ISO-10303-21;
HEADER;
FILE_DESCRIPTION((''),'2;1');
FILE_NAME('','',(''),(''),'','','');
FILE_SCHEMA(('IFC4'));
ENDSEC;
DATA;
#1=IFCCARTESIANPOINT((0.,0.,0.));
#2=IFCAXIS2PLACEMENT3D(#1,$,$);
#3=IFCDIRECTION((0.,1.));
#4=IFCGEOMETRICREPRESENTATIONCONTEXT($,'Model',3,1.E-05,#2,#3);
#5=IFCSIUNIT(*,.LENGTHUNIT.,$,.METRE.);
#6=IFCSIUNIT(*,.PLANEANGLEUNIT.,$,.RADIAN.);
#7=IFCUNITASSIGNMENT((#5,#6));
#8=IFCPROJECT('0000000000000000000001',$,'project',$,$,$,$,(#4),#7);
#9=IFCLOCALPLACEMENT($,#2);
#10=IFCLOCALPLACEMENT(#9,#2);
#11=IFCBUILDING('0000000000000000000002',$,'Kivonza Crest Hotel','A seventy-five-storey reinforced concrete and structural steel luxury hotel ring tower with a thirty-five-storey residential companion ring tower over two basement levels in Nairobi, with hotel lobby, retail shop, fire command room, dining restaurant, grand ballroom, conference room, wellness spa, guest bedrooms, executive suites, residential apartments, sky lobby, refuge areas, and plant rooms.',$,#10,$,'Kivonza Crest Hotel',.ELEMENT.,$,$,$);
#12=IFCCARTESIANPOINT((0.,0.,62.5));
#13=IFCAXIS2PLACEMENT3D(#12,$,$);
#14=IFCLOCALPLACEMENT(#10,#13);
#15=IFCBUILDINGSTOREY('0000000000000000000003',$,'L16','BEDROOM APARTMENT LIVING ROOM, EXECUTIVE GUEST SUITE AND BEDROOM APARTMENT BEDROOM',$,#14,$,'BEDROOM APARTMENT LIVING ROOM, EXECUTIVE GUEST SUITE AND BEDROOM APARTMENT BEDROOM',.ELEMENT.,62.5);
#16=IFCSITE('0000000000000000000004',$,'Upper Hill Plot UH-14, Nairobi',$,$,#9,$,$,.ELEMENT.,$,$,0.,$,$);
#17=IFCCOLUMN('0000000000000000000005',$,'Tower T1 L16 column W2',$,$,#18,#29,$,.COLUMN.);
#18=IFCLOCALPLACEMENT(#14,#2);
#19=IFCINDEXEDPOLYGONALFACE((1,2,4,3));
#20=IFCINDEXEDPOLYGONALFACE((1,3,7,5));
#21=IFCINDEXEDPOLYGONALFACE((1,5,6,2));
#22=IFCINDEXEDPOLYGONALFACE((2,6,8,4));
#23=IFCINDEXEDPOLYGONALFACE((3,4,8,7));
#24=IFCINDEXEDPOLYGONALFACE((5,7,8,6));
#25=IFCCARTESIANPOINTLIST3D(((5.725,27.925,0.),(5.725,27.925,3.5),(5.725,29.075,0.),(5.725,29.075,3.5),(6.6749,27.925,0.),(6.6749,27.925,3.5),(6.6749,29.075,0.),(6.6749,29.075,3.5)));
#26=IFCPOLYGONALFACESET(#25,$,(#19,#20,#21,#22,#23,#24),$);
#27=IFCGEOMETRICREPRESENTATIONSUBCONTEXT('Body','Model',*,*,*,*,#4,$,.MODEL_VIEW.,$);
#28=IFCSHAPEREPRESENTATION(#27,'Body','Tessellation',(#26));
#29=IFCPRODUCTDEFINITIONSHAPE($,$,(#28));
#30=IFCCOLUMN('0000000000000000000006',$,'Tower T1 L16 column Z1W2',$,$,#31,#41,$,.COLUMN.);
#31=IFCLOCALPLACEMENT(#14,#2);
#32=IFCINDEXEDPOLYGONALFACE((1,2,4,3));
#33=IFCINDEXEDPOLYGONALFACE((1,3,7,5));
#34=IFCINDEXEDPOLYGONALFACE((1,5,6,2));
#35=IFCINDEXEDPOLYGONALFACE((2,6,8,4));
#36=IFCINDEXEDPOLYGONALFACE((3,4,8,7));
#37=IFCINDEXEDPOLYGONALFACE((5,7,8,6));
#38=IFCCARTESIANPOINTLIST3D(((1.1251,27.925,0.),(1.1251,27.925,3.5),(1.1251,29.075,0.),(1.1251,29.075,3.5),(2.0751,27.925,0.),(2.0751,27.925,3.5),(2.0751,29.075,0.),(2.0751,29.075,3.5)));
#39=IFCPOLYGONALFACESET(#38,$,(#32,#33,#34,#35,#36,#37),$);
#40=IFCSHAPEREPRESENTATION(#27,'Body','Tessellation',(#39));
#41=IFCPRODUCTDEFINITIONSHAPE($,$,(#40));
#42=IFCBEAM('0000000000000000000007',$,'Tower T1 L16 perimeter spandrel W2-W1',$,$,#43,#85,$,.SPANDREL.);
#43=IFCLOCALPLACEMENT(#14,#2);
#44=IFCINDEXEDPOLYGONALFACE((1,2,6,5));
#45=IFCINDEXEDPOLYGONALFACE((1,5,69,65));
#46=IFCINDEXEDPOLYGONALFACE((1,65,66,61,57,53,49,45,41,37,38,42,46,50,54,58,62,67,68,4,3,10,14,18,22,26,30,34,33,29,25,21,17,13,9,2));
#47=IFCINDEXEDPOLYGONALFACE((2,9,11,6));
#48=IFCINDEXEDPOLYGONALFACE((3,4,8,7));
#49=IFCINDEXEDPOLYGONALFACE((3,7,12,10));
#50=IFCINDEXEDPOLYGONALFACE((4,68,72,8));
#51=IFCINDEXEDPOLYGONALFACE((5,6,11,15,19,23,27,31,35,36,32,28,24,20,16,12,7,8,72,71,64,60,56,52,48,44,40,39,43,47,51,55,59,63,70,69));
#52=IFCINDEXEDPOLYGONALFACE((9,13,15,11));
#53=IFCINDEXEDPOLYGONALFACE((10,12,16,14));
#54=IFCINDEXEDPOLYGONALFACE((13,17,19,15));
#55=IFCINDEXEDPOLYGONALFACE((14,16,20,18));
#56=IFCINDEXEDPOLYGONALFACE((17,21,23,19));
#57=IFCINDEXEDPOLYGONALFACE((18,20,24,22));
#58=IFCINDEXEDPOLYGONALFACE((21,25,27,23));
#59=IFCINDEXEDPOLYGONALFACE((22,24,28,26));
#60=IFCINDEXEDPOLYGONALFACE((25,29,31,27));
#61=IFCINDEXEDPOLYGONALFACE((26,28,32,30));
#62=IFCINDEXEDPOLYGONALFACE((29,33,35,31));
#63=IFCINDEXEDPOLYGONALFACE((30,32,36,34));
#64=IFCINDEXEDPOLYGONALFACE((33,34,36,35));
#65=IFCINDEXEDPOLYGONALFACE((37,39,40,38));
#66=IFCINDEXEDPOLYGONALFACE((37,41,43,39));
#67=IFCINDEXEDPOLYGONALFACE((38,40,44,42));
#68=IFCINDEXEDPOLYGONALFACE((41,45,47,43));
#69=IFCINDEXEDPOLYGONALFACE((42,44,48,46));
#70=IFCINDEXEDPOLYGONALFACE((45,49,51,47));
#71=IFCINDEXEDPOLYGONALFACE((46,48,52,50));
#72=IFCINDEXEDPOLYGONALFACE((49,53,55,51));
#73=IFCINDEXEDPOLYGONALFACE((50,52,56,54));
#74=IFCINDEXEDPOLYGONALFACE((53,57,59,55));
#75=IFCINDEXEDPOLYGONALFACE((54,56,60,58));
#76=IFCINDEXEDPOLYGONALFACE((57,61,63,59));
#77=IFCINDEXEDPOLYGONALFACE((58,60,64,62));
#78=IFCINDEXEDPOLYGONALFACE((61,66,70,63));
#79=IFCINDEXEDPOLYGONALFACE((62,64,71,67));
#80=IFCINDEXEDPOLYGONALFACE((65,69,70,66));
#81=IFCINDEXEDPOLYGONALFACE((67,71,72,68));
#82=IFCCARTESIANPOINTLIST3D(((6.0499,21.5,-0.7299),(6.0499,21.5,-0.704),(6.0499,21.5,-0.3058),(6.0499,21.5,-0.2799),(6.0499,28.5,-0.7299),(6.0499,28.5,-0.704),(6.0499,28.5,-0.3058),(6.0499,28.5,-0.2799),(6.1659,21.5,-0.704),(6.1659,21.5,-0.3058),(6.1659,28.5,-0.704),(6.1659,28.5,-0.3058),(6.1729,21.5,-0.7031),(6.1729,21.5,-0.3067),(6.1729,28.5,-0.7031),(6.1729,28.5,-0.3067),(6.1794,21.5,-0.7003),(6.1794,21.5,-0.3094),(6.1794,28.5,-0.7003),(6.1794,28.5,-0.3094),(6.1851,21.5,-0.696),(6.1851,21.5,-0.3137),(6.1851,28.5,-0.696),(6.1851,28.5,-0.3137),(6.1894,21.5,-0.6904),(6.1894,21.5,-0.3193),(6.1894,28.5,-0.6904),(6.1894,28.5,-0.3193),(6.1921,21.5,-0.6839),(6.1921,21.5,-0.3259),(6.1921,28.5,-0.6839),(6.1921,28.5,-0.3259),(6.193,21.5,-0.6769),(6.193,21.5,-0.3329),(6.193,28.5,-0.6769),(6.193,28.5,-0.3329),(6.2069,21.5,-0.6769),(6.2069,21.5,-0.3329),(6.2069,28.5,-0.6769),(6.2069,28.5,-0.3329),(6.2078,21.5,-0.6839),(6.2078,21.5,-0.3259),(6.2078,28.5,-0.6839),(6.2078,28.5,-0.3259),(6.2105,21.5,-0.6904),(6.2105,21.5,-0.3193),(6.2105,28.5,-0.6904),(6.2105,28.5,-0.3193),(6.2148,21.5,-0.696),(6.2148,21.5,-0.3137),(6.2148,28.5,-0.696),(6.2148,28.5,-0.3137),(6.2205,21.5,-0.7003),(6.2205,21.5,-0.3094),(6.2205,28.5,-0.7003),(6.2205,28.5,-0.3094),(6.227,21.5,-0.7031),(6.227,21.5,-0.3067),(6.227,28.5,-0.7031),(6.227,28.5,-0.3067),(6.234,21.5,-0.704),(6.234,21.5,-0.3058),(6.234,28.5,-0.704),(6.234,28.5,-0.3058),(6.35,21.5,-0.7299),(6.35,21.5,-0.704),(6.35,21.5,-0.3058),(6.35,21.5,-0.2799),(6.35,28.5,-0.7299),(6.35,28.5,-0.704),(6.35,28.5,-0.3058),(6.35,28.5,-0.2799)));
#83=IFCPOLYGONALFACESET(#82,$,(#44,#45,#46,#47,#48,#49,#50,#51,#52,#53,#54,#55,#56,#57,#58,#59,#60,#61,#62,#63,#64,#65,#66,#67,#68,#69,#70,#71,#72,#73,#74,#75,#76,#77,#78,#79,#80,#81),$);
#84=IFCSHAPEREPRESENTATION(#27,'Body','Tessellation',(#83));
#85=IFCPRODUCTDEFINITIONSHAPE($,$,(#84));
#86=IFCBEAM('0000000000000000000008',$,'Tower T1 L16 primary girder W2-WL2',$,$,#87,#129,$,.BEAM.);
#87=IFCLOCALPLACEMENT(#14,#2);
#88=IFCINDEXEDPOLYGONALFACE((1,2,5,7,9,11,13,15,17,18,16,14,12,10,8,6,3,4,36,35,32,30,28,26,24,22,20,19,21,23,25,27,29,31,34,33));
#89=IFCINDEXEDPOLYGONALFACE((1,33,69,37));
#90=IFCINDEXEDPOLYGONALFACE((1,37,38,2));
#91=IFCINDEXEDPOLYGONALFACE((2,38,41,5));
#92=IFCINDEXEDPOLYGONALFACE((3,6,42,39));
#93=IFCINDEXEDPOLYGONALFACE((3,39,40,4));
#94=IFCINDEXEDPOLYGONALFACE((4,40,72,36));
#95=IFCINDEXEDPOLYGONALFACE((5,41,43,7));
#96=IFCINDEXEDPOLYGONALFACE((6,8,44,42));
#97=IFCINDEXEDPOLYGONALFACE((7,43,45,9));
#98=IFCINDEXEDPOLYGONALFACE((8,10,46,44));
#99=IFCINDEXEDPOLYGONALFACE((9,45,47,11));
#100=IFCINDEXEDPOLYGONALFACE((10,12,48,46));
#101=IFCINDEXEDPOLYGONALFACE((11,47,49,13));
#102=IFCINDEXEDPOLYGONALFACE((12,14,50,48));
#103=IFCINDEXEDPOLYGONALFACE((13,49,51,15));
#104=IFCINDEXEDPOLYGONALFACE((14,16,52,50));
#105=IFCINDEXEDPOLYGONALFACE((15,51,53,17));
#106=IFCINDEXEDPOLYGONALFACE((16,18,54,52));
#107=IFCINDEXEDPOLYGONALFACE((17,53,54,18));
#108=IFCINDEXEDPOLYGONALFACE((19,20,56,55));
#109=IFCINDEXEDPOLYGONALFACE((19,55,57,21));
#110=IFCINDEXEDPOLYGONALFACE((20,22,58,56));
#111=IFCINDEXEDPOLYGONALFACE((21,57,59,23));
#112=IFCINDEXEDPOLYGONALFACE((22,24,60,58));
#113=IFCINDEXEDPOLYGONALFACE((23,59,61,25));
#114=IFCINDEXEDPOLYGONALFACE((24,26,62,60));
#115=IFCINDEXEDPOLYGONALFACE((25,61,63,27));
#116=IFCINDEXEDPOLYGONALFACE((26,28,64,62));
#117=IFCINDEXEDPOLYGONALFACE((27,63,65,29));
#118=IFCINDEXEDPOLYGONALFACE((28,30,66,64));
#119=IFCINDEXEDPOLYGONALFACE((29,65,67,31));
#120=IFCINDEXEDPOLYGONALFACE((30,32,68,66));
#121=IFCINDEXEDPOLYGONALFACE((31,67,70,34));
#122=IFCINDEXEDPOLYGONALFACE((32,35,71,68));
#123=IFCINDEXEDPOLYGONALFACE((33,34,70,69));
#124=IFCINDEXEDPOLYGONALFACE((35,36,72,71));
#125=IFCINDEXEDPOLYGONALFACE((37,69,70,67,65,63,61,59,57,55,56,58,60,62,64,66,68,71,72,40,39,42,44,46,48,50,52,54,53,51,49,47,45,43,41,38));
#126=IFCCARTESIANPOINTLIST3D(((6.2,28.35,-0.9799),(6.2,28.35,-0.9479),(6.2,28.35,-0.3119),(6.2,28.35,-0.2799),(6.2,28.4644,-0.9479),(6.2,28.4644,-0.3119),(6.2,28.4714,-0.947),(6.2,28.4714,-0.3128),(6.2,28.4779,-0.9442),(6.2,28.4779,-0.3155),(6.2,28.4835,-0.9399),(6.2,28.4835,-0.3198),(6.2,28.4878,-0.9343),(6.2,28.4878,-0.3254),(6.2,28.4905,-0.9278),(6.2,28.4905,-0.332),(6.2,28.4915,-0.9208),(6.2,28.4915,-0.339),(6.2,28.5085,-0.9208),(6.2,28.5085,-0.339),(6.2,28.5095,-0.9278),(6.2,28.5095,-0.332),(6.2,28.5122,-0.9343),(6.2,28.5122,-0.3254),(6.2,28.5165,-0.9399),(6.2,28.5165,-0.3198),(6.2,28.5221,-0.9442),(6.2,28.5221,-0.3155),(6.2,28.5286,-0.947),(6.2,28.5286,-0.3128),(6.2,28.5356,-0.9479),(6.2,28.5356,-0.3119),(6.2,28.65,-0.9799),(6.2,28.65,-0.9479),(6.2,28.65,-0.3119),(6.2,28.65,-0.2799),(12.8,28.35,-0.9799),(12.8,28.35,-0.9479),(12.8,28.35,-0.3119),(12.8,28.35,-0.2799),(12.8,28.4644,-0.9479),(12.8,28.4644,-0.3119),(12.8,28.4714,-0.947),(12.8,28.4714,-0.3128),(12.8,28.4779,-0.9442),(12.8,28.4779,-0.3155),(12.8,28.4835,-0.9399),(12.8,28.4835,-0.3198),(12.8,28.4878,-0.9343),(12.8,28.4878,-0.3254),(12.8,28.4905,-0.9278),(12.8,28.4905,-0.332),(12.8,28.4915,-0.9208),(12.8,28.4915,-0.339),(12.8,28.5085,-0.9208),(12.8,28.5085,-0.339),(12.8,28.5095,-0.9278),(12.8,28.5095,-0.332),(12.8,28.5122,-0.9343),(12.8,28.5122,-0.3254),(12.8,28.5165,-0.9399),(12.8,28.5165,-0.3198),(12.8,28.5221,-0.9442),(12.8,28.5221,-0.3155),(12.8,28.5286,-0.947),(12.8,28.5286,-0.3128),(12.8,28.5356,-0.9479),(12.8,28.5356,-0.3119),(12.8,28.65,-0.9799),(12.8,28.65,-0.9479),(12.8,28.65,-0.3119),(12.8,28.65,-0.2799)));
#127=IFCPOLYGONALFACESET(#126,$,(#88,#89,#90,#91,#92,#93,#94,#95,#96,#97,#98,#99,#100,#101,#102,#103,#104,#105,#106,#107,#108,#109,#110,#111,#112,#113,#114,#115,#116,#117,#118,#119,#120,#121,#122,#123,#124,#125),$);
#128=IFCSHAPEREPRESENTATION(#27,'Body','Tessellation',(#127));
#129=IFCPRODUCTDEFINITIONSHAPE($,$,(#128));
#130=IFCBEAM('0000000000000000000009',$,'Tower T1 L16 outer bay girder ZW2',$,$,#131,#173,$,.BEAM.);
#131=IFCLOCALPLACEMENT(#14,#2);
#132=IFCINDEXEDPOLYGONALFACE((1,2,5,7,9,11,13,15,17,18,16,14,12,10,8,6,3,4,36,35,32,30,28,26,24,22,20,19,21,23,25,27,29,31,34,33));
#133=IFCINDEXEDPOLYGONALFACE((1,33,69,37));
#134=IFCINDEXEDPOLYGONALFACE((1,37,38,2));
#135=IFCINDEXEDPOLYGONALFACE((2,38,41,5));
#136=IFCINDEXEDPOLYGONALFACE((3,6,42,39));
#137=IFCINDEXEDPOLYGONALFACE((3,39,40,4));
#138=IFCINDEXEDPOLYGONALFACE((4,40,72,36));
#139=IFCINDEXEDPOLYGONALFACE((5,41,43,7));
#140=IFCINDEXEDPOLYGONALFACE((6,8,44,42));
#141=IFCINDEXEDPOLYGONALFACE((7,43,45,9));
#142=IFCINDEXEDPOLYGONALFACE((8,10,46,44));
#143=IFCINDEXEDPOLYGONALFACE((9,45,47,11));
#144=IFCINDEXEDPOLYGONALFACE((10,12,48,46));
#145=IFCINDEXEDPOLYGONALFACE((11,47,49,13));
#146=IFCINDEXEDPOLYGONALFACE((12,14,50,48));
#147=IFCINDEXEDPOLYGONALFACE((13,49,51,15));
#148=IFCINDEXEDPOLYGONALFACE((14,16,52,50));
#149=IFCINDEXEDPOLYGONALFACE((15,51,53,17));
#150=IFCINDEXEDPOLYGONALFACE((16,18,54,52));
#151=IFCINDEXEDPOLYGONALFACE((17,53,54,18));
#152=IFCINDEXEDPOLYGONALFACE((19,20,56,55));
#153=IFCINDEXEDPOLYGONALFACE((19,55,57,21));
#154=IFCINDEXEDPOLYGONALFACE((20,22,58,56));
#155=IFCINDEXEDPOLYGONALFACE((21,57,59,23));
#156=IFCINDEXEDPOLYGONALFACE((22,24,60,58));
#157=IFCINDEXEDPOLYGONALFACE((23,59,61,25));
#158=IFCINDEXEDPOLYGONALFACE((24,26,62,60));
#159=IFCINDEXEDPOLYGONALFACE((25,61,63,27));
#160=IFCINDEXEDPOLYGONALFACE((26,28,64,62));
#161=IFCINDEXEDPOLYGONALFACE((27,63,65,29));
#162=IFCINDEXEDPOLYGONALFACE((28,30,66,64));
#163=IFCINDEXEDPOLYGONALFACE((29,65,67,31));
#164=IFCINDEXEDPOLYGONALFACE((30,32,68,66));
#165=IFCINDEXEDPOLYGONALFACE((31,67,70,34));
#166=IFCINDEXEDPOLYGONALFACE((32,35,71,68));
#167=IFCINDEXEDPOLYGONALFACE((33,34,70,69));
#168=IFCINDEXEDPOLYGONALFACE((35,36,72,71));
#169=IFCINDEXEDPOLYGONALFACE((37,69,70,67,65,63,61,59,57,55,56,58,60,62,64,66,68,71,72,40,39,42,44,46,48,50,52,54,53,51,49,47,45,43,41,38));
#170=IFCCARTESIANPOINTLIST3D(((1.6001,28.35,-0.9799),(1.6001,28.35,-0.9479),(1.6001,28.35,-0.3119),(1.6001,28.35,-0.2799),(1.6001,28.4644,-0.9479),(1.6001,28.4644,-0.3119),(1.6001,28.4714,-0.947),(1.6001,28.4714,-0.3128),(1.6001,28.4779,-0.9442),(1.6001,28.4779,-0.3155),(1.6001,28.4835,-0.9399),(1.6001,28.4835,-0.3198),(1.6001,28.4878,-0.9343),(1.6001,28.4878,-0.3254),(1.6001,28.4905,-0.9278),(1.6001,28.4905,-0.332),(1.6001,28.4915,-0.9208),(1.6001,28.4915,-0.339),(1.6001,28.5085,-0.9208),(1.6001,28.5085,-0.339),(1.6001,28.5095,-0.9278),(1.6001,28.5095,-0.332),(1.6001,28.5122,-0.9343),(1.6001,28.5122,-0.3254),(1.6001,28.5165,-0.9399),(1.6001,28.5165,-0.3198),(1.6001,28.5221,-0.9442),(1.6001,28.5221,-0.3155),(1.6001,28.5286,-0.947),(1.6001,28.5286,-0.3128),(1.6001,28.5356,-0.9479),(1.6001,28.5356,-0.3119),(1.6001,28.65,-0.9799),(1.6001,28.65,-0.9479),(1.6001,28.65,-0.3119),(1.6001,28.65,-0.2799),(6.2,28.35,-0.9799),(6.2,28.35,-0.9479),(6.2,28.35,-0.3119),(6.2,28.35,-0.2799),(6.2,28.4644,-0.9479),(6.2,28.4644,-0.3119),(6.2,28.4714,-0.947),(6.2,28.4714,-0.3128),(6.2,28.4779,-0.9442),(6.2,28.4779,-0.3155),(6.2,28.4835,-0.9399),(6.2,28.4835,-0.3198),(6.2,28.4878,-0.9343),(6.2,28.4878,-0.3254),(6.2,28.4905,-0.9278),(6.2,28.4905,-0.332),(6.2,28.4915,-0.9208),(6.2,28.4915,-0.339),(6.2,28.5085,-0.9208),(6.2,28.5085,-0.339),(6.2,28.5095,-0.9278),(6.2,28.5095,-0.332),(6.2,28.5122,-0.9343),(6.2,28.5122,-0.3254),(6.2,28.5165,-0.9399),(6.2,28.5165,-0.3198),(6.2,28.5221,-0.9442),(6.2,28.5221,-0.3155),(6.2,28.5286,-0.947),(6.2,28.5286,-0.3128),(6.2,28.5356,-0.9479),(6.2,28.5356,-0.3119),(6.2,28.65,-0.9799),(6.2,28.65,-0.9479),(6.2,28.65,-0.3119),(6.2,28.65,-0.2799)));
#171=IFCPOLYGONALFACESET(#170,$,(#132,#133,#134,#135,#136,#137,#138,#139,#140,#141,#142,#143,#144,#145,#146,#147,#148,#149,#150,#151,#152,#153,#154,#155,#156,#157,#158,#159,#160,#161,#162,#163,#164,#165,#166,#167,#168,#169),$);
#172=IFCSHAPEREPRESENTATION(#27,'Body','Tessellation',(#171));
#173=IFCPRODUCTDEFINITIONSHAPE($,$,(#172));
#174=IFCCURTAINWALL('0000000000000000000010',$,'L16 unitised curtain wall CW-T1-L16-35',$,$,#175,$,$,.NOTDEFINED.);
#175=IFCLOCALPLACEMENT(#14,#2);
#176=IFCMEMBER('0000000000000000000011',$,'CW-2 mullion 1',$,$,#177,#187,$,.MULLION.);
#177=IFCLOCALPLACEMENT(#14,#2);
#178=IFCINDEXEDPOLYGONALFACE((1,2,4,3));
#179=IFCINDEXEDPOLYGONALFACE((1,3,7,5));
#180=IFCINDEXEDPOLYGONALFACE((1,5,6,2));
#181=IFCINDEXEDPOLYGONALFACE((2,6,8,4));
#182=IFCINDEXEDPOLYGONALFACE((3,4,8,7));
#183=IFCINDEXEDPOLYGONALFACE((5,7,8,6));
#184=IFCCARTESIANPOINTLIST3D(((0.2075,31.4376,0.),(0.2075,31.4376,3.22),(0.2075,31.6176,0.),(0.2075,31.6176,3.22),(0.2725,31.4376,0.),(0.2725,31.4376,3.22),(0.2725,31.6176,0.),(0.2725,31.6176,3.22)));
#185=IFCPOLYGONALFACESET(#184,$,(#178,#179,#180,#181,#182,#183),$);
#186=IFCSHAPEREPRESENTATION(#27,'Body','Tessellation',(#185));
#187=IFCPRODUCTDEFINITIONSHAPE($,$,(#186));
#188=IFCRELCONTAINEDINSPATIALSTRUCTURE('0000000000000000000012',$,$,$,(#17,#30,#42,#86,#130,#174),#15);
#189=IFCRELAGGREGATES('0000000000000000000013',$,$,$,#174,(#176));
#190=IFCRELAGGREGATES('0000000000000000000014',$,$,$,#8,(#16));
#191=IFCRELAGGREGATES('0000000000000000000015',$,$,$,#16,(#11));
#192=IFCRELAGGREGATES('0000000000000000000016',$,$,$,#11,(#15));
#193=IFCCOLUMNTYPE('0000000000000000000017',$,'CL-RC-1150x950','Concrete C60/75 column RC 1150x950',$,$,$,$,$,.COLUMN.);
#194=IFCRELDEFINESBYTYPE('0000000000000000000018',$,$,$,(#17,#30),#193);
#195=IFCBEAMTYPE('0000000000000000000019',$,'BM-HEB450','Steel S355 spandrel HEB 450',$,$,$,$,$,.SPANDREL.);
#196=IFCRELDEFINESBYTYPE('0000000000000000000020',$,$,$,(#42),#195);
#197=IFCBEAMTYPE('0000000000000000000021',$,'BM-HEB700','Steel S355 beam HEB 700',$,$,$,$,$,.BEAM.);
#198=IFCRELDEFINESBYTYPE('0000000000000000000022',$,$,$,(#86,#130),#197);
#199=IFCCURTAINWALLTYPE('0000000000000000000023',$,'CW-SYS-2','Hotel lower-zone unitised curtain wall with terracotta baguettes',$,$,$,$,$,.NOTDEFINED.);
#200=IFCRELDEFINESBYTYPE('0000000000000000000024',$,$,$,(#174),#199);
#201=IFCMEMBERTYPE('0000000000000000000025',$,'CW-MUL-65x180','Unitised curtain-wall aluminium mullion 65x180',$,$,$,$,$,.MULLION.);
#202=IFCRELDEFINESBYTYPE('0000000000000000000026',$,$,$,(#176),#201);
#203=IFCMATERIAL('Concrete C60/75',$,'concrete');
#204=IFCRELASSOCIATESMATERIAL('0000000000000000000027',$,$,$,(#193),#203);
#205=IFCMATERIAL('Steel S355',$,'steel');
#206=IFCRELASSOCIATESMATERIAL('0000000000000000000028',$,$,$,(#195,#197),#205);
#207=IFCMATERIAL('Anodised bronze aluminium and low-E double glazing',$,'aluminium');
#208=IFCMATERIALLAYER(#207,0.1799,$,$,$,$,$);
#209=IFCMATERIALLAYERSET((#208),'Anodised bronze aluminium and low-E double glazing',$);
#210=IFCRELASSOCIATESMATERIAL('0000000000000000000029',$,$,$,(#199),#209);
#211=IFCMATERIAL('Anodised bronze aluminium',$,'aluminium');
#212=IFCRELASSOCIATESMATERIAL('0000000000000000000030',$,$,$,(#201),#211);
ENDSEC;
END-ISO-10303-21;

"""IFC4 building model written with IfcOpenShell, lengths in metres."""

from ifc_helpers import new_model, si_unit, direction, frame, origin, origin_2d, place, context, subcontext, project, spatial, rectangle, i_section, extrude, material, layer, layer_set, material_profile, profile_set, type_object, element, aggregate, save


model = new_model("IFC4")

# Units and contexts
model_context = context("Model", 3, precision=1e-05, world=origin(), true_north=direction((0.0, 1.0)))
body_context = subcontext(model_context, "Body", "Model", "MODEL_VIEW")
ifc_project = project(units=[si_unit("LENGTHUNIT", "METRE"), si_unit("PLANEANGLEUNIT", "RADIAN")], contexts=[model_context])

# Site, building, storey
site_placement = place(None, origin())
site = spatial("IfcSite", under=ifc_project, at=site_placement, Name="Upper Hill Plot UH-14, Nairobi", CompositionType="ELEMENT", RefElevation=0.0)
building_placement = place(site_placement, origin())
building = spatial("IfcBuilding", under=site, at=building_placement, Name="Kivonza Crest Hotel", Description="A seventy-five-storey reinforced concrete and structural steel luxury hotel ring tower with a thirty-five-storey residential companion ring tower over two basement levels in Nairobi, with hotel lobby, retail shop, fire command room, dining restaurant, grand ballroom, conference room, wellness spa, guest bedrooms, executive suites, residential apartments, sky lobby, refuge areas, and plant rooms.", LongName="Kivonza Crest Hotel", CompositionType="ELEMENT")
storey_placement = place(building_placement, frame((0.0, 0.0, 62.5)))
storey = spatial("IfcBuildingStorey", under=building, at=storey_placement, Name="L16", Description="BEDROOM APARTMENT LIVING ROOM, EXECUTIVE GUEST SUITE AND BEDROOM APARTMENT BEDROOM", LongName="BEDROOM APARTMENT LIVING ROOM, EXECUTIVE GUEST SUITE AND BEDROOM APARTMENT BEDROOM", CompositionType="ELEMENT", Elevation=62.5)

# Columns
ifc_material_1 = material(Name="Concrete C60/75", Category="concrete")
ifc_material_profile_1 = material_profile(ifc_material_1, rectangle(XDim=0.95, YDim=1.1499, at=origin_2d()), Name="RC 1150x950")
ifc_profile_set_1 = profile_set([ifc_material_profile_1], Name="Concrete C60/75")
column_type = type_object("IfcColumnType", Name="CL-RC-1150x950", Description="Concrete C60/75 column RC 1150x950", PredefinedType="COLUMN", material=ifc_profile_set_1)
for number, where, z_axis, x_axis, name in (
    (1, (6.2, 28.5, 0.0), (0.0, 0.0, 1.0), (1.0, 0.0, 0.0), "Tower T1 L16 column W2"),
    (2, (1.6001, 28.5, 0.0), (0.0, 0.0, 1.0), (1.0, 0.0, 0.0), "Tower T1 L16 column Z1W2"),
):
    element("IfcColumn", number, at=place(storey_placement, frame(where, z_axis=z_axis, x_axis=x_axis)), inside=storey, type_object=column_type, Name=name, PredefinedType="COLUMN", context=body_context, shape_type="SweptSolid", body=[
        extrude(rectangle(XDim=0.95, YDim=1.1499, at=origin_2d()), origin(), (0.0, 0.0, 1.0), 3.5),
    ])

# Beams
ifc_material_2 = material(Name="Steel S355", Category="steel")
ifc_material_profile_2 = material_profile(ifc_material_2, i_section(OverallWidth=0.3, OverallDepth=0.45, WebThickness=0.0139, FlangeThickness=0.0259, FilletRadius=0.0271, at=origin_2d()), Name="HEB 450")
ifc_profile_set_2 = profile_set([ifc_material_profile_2], Name="Steel S355")
beam_type_1 = type_object("IfcBeamType", Name="BM-HEB450", Description="Steel S355 spandrel HEB 450", PredefinedType="SPANDREL", material=ifc_profile_set_2)
beam_1_placement = place(storey_placement, frame((6.2, 28.5, -0.5049), z_axis=(0.0, -1.0, 0.0), x_axis=(1.0, 0.0, 0.0)))
element("IfcBeam", 3, at=beam_1_placement, inside=storey, type_object=beam_type_1, Name="Tower T1 L16 perimeter spandrel W2-W1", PredefinedType="SPANDREL", context=body_context, shape_type="SweptSolid", body=[
    extrude(i_section(OverallWidth=0.3, OverallDepth=0.45, WebThickness=0.0139, FlangeThickness=0.0259, FilletRadius=0.0271, at=origin_2d()), origin(), (0.0, 0.0, 1.0), 7.0),
])
ifc_material_profile_3 = material_profile(ifc_material_2, i_section(OverallWidth=0.3, OverallDepth=0.7, WebThickness=0.0171, FlangeThickness=0.032, FilletRadius=0.0271, at=origin_2d()), Name="HEB 700")
ifc_profile_set_3 = profile_set([ifc_material_profile_3], Name="Steel S355")
beam_type_2 = type_object("IfcBeamType", Name="BM-HEB700", Description="Steel S355 beam HEB 700", PredefinedType="BEAM", material=ifc_profile_set_3)
beam_2_placement = place(storey_placement, frame((6.2, 28.5, -0.6299), z_axis=(1.0, 0.0, 0.0), x_axis=(0.0, 1.0, 0.0)))
element("IfcBeam", 4, at=beam_2_placement, inside=storey, type_object=beam_type_2, Name="Tower T1 L16 primary girder W2-WL2", PredefinedType="BEAM", context=body_context, shape_type="SweptSolid", body=[
    extrude(i_section(OverallWidth=0.3, OverallDepth=0.7, WebThickness=0.0171, FlangeThickness=0.032, FilletRadius=0.0271, at=origin_2d()), origin(), (0.0, 0.0, 1.0), 6.6001),
])
beam_3_placement = place(storey_placement, frame((1.6001, 28.5, -0.6299), z_axis=(1.0, 0.0, 0.0), x_axis=(0.0, 1.0, 0.0)))
element("IfcBeam", 5, at=beam_3_placement, inside=storey, type_object=beam_type_2, Name="Tower T1 L16 outer bay girder ZW2", PredefinedType="BEAM", context=body_context, shape_type="SweptSolid", body=[
    extrude(i_section(OverallWidth=0.3, OverallDepth=0.7, WebThickness=0.0171, FlangeThickness=0.032, FilletRadius=0.0271, at=origin_2d()), origin(), (0.0, 0.0, 1.0), 4.5999),
])

# Curtain wall, member
ifc_material_3 = material(Name="Anodised bronze aluminium and low-E double glazing", Category="aluminium")
ifc_layer_1 = layer(ifc_material_3, 0.1799)
ifc_layer_set_1 = layer_set([ifc_layer_1], Name="Anodised bronze aluminium and low-E double glazing")
curtain_wall_type = type_object("IfcCurtainWallType", Name="CW-SYS-2", Description="Hotel lower-zone unitised curtain wall with terracotta baguettes", PredefinedType="NOTDEFINED", material=ifc_layer_set_1)
curtain_wall_placement = place(storey_placement, origin())
curtain_wall = element("IfcCurtainWall", 6, at=curtain_wall_placement, inside=storey, type_object=curtain_wall_type, Name="L16 unitised curtain wall CW-T1-L16-35", PredefinedType="NOTDEFINED")
ifc_material_4 = material(Name="Anodised bronze aluminium", Category="aluminium")
ifc_material_profile_4 = material_profile(ifc_material_4, rectangle(XDim=0.0649, YDim=0.1799, at=origin_2d()), Name="CW-M 65x180")
ifc_profile_set_4 = profile_set([ifc_material_profile_4], Name="Anodised bronze aluminium")
member_type_1 = type_object("IfcMemberType", Name="CW-MUL-65x180", Description="Unitised curtain-wall aluminium mullion 65x180", PredefinedType="MULLION", material=ifc_profile_set_4)
member_1_placement = place(storey_placement, frame((0.24, 31.5276, 0.0), z_axis=(0.0, 0.0, 1.0), x_axis=(1.0, 0.0, 0.0)))
member_1 = element("IfcMember", 7, at=member_1_placement, type_object=member_type_1, Name="CW-2 mullion 1", PredefinedType="MULLION", context=body_context, shape_type="SweptSolid", body=[
    extrude(rectangle(XDim=0.0649, YDim=0.1799, at=origin_2d()), origin(), (0.0, 0.0, 1.0), 3.22),
])
aggregate(curtain_wall, [member_1])

save(model, "model.ifc")
